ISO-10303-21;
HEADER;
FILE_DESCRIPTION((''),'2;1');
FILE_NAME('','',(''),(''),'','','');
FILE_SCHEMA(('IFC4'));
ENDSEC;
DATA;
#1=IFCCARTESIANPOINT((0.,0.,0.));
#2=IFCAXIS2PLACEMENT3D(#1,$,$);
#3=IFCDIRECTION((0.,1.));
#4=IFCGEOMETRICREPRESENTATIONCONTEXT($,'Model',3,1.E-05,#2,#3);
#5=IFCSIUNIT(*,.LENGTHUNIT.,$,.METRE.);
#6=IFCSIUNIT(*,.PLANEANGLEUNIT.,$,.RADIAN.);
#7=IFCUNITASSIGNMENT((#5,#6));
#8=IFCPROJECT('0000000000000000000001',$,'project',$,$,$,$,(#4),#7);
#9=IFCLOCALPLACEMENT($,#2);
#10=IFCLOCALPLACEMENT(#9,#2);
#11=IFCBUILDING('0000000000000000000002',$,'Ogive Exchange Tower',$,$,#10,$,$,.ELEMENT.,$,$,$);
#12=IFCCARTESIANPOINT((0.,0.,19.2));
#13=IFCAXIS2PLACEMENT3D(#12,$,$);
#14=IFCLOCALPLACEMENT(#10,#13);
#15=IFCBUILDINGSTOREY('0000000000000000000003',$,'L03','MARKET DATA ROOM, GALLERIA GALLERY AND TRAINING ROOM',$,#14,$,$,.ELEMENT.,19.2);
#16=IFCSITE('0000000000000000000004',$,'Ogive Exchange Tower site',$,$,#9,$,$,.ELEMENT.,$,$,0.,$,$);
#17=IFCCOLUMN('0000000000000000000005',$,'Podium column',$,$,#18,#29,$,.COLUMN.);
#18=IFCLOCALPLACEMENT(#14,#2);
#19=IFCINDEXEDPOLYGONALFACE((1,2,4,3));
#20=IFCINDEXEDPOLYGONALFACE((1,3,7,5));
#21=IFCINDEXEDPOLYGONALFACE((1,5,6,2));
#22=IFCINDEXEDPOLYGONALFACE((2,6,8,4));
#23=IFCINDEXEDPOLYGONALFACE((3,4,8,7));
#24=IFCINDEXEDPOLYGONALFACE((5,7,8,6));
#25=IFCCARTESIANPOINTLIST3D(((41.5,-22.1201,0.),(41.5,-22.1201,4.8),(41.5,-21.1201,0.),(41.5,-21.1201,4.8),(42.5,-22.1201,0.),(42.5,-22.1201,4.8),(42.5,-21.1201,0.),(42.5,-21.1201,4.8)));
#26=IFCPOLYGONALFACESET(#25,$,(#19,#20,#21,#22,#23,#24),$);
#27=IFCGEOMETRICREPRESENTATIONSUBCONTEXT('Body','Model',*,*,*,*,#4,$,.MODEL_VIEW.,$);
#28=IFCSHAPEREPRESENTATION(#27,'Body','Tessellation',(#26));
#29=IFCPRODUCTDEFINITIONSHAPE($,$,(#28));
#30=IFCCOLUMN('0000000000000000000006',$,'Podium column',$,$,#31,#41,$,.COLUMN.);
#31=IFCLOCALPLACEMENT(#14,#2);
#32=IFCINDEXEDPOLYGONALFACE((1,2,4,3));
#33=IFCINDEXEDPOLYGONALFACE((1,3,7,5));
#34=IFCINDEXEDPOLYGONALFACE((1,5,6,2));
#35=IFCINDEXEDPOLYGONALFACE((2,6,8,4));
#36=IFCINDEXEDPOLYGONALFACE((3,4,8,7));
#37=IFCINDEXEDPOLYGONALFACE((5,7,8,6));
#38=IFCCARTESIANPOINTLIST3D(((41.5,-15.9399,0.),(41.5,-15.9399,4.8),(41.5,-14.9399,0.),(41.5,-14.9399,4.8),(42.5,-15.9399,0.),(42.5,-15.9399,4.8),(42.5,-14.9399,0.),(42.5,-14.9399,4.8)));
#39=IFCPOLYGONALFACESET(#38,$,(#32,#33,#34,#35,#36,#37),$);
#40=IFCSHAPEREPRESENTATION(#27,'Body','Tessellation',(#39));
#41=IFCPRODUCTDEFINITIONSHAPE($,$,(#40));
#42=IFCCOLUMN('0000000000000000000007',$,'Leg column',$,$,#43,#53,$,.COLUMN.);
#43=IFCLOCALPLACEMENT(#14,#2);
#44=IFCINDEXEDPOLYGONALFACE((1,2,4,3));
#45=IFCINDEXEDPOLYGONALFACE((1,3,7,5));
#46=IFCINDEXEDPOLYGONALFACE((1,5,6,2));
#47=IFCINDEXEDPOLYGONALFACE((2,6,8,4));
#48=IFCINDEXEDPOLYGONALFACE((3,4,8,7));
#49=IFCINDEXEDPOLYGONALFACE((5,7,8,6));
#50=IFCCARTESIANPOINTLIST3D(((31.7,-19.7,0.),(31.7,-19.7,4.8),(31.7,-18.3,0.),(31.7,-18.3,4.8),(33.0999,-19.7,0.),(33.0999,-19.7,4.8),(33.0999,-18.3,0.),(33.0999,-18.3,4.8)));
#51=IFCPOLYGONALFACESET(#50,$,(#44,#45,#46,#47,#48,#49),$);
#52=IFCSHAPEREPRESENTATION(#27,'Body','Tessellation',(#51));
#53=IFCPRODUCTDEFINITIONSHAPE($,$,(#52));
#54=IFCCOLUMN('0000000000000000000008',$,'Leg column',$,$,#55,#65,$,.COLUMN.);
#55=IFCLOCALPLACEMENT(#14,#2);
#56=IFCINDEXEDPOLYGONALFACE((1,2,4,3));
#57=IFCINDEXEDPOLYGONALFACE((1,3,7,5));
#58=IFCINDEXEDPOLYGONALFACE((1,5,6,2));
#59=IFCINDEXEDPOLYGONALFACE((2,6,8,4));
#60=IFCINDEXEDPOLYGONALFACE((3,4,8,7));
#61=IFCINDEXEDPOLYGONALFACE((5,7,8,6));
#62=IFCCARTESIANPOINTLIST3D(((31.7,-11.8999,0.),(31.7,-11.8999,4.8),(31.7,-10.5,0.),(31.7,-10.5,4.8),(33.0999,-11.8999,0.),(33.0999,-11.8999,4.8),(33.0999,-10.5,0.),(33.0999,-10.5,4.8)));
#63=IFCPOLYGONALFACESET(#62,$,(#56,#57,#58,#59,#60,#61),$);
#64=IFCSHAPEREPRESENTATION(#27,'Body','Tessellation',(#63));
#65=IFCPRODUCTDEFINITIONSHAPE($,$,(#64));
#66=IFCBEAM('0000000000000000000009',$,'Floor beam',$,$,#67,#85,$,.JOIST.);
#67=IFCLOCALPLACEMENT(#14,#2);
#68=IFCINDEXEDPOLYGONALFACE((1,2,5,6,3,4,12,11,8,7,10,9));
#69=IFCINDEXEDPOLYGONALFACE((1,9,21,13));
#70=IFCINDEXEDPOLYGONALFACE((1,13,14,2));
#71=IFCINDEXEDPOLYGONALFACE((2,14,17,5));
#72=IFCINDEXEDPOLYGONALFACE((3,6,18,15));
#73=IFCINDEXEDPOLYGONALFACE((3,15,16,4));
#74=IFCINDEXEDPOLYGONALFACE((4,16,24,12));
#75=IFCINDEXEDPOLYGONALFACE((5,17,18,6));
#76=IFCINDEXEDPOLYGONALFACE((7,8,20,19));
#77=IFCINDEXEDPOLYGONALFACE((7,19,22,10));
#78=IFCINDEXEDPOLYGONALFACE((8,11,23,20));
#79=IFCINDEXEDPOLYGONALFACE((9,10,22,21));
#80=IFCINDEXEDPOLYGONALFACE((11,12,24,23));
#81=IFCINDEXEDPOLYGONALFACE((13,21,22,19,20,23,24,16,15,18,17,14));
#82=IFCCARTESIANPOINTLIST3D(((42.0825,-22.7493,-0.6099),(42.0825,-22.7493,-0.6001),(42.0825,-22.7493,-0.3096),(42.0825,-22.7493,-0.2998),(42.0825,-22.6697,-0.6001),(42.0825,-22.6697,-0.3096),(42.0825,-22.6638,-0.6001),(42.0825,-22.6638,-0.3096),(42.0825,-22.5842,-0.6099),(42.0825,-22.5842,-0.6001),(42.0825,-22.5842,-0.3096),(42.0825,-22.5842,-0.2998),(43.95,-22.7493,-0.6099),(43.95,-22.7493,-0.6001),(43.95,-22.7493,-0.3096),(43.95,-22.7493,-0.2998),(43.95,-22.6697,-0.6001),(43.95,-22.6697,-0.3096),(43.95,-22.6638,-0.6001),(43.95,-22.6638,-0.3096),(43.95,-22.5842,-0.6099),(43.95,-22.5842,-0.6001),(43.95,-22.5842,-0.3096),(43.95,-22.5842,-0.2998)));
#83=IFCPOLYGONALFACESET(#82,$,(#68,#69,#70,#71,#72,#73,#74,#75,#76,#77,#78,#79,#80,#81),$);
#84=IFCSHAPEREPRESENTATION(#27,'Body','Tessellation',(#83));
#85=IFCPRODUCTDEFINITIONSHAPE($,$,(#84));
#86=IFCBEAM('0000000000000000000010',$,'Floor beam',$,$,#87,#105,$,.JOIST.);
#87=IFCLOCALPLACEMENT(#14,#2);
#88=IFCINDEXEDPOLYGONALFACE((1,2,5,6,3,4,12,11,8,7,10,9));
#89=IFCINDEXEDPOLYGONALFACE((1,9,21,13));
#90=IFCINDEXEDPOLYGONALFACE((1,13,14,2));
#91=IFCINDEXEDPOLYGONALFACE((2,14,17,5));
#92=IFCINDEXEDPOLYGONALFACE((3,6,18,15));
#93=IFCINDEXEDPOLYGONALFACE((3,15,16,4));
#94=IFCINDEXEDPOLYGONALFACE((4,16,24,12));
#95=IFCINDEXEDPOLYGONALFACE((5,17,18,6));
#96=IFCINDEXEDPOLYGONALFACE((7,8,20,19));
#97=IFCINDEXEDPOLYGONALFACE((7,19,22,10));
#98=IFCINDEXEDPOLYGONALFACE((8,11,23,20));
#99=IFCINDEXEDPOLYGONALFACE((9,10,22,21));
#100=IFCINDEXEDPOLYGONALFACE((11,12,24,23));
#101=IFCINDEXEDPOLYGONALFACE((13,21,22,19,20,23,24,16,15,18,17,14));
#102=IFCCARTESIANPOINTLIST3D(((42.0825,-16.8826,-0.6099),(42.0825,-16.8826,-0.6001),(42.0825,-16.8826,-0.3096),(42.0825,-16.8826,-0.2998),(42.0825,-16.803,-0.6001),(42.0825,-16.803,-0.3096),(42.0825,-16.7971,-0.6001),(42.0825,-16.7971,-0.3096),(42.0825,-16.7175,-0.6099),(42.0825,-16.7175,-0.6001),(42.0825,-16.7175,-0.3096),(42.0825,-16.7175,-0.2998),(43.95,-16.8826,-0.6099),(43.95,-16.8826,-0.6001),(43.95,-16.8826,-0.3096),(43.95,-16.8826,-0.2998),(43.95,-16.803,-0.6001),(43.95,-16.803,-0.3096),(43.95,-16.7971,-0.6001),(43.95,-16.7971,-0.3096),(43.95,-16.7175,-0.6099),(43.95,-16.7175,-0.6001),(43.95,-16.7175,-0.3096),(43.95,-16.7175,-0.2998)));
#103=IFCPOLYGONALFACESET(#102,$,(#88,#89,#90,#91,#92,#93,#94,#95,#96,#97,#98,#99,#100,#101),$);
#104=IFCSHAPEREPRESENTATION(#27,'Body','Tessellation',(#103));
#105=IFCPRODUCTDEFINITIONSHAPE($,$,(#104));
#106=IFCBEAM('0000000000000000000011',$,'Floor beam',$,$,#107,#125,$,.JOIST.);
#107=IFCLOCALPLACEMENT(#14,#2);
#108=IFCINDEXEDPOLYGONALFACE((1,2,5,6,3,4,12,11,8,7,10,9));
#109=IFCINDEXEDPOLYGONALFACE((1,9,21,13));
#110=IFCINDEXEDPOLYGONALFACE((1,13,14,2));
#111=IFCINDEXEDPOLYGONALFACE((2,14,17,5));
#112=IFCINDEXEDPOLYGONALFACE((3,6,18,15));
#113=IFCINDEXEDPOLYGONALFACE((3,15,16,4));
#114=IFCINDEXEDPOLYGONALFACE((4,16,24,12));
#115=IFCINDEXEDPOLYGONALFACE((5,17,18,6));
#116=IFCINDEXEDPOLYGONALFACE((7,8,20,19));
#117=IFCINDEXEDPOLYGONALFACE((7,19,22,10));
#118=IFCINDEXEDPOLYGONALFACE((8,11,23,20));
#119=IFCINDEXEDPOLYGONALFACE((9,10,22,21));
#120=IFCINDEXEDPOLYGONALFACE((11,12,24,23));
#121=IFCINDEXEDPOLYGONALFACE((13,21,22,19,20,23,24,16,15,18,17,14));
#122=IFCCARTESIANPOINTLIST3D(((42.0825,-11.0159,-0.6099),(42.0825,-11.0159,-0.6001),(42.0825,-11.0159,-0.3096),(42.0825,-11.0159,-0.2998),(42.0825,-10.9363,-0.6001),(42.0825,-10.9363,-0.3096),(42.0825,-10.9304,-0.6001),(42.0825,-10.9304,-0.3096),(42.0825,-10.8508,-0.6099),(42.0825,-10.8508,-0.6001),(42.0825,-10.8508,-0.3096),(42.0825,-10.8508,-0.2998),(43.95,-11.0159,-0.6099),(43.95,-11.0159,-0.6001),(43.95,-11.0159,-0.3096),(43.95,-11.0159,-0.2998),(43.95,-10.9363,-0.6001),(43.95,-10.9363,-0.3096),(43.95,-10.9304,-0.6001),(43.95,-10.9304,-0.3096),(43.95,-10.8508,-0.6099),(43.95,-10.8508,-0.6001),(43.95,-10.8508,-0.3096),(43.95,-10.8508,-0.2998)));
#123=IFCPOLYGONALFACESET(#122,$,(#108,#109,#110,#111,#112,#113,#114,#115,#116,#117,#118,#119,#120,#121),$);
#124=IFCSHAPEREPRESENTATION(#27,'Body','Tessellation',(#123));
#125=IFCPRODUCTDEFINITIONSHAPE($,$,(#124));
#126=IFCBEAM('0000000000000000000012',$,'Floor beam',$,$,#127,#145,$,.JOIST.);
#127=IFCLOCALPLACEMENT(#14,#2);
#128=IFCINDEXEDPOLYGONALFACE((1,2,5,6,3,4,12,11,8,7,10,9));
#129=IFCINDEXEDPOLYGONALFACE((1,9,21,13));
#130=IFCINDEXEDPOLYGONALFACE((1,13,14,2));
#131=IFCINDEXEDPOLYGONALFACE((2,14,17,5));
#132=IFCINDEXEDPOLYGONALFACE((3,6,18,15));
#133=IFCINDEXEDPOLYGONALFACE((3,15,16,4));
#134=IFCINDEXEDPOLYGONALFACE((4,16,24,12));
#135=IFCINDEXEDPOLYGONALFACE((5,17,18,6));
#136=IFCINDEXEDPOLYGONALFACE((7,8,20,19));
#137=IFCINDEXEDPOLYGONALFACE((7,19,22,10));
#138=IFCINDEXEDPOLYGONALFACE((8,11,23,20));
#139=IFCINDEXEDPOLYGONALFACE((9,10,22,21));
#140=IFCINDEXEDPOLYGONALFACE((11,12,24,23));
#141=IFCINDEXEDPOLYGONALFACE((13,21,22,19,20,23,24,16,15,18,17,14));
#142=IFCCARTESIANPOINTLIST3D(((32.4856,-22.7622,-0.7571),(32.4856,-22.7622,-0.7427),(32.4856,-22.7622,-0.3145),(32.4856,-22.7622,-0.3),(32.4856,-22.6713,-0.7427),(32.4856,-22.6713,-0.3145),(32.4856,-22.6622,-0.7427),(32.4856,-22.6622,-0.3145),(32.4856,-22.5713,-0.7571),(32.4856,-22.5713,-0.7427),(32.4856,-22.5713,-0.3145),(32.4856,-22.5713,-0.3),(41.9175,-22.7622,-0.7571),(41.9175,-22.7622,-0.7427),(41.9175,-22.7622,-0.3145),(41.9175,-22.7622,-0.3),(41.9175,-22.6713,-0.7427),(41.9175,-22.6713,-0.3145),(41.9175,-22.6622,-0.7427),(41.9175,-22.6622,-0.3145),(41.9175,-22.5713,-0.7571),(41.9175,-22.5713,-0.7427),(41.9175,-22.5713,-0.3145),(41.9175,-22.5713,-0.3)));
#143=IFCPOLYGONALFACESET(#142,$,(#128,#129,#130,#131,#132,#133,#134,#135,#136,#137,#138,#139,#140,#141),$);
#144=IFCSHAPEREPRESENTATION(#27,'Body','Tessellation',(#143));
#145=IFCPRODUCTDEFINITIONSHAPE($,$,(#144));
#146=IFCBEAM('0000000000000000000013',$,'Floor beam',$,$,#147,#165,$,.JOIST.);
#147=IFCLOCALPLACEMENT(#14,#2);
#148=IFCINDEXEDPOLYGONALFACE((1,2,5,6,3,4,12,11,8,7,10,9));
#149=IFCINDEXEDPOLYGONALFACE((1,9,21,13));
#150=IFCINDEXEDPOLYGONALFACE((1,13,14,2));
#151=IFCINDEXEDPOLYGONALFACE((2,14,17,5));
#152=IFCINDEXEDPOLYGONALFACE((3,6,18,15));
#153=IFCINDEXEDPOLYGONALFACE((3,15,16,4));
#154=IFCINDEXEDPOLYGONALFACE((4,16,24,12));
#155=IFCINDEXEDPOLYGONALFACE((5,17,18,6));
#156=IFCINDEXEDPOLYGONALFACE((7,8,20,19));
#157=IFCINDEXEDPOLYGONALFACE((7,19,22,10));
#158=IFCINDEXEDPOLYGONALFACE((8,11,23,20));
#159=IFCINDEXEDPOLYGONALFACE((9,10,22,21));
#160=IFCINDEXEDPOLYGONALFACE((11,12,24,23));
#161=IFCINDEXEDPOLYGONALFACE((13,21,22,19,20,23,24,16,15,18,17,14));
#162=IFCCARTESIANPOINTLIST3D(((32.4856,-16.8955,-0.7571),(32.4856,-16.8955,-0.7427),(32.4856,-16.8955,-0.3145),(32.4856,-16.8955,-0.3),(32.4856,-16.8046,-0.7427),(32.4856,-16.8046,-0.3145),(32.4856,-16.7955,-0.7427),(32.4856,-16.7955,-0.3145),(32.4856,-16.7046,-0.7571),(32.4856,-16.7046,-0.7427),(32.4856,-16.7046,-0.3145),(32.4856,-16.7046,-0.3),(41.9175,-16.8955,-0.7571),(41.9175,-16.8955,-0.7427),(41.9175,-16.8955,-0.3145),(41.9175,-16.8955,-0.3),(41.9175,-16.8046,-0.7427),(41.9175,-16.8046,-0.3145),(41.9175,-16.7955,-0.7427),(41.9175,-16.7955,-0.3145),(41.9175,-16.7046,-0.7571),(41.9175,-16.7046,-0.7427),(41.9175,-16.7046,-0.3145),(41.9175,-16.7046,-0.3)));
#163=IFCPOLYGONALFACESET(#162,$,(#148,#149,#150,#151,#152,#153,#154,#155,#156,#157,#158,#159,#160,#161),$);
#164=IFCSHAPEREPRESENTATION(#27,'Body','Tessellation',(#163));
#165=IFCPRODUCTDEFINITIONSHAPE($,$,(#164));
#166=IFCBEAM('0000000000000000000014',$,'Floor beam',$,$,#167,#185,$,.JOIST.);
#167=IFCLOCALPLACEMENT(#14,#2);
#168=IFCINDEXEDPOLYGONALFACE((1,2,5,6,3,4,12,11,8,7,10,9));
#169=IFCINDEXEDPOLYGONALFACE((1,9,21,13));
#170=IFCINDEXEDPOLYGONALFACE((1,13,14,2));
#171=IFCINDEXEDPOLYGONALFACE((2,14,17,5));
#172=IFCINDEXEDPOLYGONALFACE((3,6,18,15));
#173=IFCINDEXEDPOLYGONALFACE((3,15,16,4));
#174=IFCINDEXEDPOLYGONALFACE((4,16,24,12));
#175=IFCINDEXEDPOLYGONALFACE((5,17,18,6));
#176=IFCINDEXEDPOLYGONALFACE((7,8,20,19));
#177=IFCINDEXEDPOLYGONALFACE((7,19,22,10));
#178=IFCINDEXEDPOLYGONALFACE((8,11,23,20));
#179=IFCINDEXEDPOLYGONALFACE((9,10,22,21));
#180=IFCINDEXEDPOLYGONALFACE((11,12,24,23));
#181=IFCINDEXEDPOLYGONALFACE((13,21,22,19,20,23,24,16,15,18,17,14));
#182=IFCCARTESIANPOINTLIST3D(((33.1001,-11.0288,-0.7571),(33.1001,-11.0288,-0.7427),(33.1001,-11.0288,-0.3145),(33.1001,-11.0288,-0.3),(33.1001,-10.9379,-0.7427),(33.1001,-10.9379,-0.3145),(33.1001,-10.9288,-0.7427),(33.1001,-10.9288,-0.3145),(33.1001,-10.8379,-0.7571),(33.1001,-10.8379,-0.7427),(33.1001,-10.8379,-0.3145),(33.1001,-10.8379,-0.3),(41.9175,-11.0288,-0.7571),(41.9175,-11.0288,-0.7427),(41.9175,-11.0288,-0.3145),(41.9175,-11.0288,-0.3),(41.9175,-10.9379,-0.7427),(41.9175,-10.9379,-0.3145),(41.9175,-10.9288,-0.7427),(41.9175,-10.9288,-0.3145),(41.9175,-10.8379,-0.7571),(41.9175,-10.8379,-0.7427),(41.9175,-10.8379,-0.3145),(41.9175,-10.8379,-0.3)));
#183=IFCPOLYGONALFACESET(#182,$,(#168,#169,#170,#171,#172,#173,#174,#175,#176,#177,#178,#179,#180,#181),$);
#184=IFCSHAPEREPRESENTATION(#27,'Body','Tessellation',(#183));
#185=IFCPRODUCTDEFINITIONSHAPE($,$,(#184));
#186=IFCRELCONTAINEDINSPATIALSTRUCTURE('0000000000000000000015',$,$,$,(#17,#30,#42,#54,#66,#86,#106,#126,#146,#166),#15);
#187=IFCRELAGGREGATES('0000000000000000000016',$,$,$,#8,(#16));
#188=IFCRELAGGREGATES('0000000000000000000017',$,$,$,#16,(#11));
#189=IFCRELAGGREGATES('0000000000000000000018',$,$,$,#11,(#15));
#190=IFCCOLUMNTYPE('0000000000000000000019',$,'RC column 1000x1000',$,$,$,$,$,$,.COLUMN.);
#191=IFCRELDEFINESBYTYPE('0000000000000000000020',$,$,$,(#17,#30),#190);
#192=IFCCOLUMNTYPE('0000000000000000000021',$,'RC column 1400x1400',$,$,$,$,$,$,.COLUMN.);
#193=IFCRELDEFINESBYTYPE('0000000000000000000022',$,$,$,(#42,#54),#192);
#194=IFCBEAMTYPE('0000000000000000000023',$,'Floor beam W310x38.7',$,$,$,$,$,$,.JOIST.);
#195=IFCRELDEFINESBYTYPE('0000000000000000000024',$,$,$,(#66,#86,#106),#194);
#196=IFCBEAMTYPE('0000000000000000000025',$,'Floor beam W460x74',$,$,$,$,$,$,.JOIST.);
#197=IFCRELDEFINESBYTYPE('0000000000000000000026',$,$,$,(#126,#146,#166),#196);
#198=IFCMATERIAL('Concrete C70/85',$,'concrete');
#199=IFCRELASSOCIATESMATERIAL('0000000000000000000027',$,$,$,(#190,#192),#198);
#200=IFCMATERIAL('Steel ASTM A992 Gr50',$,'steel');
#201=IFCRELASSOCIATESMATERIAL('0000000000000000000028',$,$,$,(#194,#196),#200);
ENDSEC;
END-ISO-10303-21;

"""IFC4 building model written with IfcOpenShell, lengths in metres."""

from ifc_helpers import new_model, si_unit, direction, frame, origin, origin_2d, place, context, subcontext, project, spatial, rectangle, i_section, extrude, material, material_profile, profile_set, type_object, element, save


model = new_model("IFC4")

# Units and contexts
model_context = context("Model", 3, precision=1e-05, world=origin(), true_north=direction((0.0, 1.0)))
body_context = subcontext(model_context, "Body", "Model", "MODEL_VIEW")
ifc_project = project(units=[si_unit("LENGTHUNIT", "METRE"), si_unit("PLANEANGLEUNIT", "RADIAN")], contexts=[model_context])

# Site, building, storey
site_placement = place(None, origin())
site = spatial("IfcSite", under=ifc_project, at=site_placement, Name="Ogive Exchange Tower site", CompositionType="ELEMENT", RefElevation=0.0)
building_placement = place(site_placement, origin())
building = spatial("IfcBuilding", under=site, at=building_placement, Name="Ogive Exchange Tower", CompositionType="ELEMENT")
storey_placement = place(building_placement, frame((0.0, 0.0, 19.2)))
storey = spatial("IfcBuildingStorey", under=building, at=storey_placement, Name="L03", Description="MARKET DATA ROOM, GALLERIA GALLERY AND TRAINING ROOM", CompositionType="ELEMENT", Elevation=19.2)

# Columns
ifc_material_1 = material(Name="Concrete C70/85", Category="concrete")
ifc_material_profile_1 = material_profile(ifc_material_1, rectangle(XDim=1.0, YDim=1.0, at=origin_2d()), Name="RC 1000x1000")
ifc_profile_set_1 = profile_set([ifc_material_profile_1], Name="Concrete C70/85")
column_type_1 = type_object("IfcColumnType", Name="RC column 1000x1000", PredefinedType="COLUMN", material=ifc_profile_set_1)
for number, where, z_axis, x_axis, name in (
    (1, (42.0, -21.6201, 0.0), (0.0, 0.0, 1.0), (1.0, 0.0, 0.0), "Podium column"),
    (2, (42.0, -15.4399, 0.0), (0.0, 0.0, 1.0), (1.0, 0.0, 0.0), "Podium column"),
):
    element("IfcColumn", number, at=place(storey_placement, frame(where, z_axis=z_axis, x_axis=x_axis)), inside=storey, type_object=column_type_1, Name=name, PredefinedType="COLUMN", context=body_context, shape_type="SweptSolid", body=[
        extrude(rectangle(XDim=1.0, YDim=1.0, at=origin_2d()), origin(), (0.0, 0.0, 1.0), 4.8),
    ])
ifc_material_profile_2 = material_profile(ifc_material_1, rectangle(XDim=1.3999, YDim=1.3999, at=origin_2d()), Name="RC 1400x1400")
ifc_profile_set_2 = profile_set([ifc_material_profile_2], Name="Concrete C70/85")
column_type_2 = type_object("IfcColumnType", Name="RC column 1400x1400", PredefinedType="COLUMN", material=ifc_profile_set_2)
for number, where, z_axis, x_axis, name in (
    (3, (32.3999, -19.0, 0.0), (0.0, 0.0, 1.0), (1.0, 0.0, 0.0), "Leg column"),
    (4, (32.3999, -11.2, 0.0), (0.0, 0.0, 1.0), (1.0, 0.0, 0.0), "Leg column"),
):
    element("IfcColumn", number, at=place(storey_placement, frame(where, z_axis=z_axis, x_axis=x_axis)), inside=storey, type_object=column_type_2, Name=name, PredefinedType="COLUMN", context=body_context, shape_type="SweptSolid", body=[
        extrude(rectangle(XDim=1.3999, YDim=1.3999, at=origin_2d()), origin(), (0.0, 0.0, 1.0), 4.8),
    ])

# Beams
ifc_material_2 = material(Name="Steel ASTM A992 Gr50", Category="steel")
ifc_material_profile_3 = material_profile(ifc_material_2, i_section(OverallWidth=0.165, OverallDepth=0.3101, WebThickness=0.0059, FlangeThickness=0.0098, at=origin_2d()), Name="W310x38.7")
ifc_profile_set_3 = profile_set([ifc_material_profile_3], Name="Steel ASTM A992 Gr50")
beam_type_1 = type_object("IfcBeamType", Name="Floor beam W310x38.7", PredefinedType="JOIST", material=ifc_profile_set_3)
for number, where, z_axis, x_axis, name in (
    (5, (42.0825, -22.6667, -0.4548), (1.0, 0.0, 0.0), (0.0, 1.0, 0.0), "Floor beam"),
    (6, (42.0825, -16.8, -0.4548), (1.0, 0.0, 0.0), (0.0, 1.0, 0.0), "Floor beam"),
    (7, (42.0825, -10.9333, -0.4548), (1.0, 0.0, 0.0), (0.0, 1.0, 0.0), "Floor beam"),
):
    element("IfcBeam", number, at=place(storey_placement, frame(where, z_axis=z_axis, x_axis=x_axis)), inside=storey, type_object=beam_type_1, Name=name, PredefinedType="JOIST", context=body_context, shape_type="SweptSolid", body=[
        extrude(i_section(OverallWidth=0.165, OverallDepth=0.3101, WebThickness=0.0059, FlangeThickness=0.0098, at=origin_2d()), origin(), (0.0, 0.0, 1.0), 1.8674),
    ])
ifc_material_profile_4 = material_profile(ifc_material_2, i_section(OverallWidth=0.1909, OverallDepth=0.457, WebThickness=0.009, FlangeThickness=0.0144, at=origin_2d()), Name="W460x74")
ifc_profile_set_4 = profile_set([ifc_material_profile_4], Name="Steel ASTM A992 Gr50")
beam_type_2 = type_object("IfcBeamType", Name="Floor beam W460x74", PredefinedType="JOIST", material=ifc_profile_set_4)
for number, where, z_axis, x_axis, name in (
    (8, (32.4856, -22.6667, -0.5286), (1.0, 0.0, 0.0), (0.0, 1.0, 0.0), "Floor beam"),
    (9, (32.4856, -16.8, -0.5286), (1.0, 0.0, 0.0), (0.0, 1.0, 0.0), "Floor beam"),
):
    element("IfcBeam", number, at=place(storey_placement, frame(where, z_axis=z_axis, x_axis=x_axis)), inside=storey, type_object=beam_type_2, Name=name, PredefinedType="JOIST", context=body_context, shape_type="SweptSolid", body=[
        extrude(i_section(OverallWidth=0.1909, OverallDepth=0.457, WebThickness=0.009, FlangeThickness=0.0144, at=origin_2d()), origin(), (0.0, 0.0, 1.0), 9.4319),
    ])
beam_1_placement = place(storey_placement, frame((33.1001, -10.9333, -0.5286), z_axis=(1.0, 0.0, 0.0), x_axis=(0.0, 1.0, 0.0)))
element("IfcBeam", 10, at=beam_1_placement, inside=storey, type_object=beam_type_2, Name="Floor beam", PredefinedType="JOIST", context=body_context, shape_type="SweptSolid", body=[
    extrude(i_section(OverallWidth=0.1909, OverallDepth=0.457, WebThickness=0.009, FlangeThickness=0.0144, at=origin_2d()), origin(), (0.0, 0.0, 1.0), 8.8174),
])

save(model, "model.ifc")
